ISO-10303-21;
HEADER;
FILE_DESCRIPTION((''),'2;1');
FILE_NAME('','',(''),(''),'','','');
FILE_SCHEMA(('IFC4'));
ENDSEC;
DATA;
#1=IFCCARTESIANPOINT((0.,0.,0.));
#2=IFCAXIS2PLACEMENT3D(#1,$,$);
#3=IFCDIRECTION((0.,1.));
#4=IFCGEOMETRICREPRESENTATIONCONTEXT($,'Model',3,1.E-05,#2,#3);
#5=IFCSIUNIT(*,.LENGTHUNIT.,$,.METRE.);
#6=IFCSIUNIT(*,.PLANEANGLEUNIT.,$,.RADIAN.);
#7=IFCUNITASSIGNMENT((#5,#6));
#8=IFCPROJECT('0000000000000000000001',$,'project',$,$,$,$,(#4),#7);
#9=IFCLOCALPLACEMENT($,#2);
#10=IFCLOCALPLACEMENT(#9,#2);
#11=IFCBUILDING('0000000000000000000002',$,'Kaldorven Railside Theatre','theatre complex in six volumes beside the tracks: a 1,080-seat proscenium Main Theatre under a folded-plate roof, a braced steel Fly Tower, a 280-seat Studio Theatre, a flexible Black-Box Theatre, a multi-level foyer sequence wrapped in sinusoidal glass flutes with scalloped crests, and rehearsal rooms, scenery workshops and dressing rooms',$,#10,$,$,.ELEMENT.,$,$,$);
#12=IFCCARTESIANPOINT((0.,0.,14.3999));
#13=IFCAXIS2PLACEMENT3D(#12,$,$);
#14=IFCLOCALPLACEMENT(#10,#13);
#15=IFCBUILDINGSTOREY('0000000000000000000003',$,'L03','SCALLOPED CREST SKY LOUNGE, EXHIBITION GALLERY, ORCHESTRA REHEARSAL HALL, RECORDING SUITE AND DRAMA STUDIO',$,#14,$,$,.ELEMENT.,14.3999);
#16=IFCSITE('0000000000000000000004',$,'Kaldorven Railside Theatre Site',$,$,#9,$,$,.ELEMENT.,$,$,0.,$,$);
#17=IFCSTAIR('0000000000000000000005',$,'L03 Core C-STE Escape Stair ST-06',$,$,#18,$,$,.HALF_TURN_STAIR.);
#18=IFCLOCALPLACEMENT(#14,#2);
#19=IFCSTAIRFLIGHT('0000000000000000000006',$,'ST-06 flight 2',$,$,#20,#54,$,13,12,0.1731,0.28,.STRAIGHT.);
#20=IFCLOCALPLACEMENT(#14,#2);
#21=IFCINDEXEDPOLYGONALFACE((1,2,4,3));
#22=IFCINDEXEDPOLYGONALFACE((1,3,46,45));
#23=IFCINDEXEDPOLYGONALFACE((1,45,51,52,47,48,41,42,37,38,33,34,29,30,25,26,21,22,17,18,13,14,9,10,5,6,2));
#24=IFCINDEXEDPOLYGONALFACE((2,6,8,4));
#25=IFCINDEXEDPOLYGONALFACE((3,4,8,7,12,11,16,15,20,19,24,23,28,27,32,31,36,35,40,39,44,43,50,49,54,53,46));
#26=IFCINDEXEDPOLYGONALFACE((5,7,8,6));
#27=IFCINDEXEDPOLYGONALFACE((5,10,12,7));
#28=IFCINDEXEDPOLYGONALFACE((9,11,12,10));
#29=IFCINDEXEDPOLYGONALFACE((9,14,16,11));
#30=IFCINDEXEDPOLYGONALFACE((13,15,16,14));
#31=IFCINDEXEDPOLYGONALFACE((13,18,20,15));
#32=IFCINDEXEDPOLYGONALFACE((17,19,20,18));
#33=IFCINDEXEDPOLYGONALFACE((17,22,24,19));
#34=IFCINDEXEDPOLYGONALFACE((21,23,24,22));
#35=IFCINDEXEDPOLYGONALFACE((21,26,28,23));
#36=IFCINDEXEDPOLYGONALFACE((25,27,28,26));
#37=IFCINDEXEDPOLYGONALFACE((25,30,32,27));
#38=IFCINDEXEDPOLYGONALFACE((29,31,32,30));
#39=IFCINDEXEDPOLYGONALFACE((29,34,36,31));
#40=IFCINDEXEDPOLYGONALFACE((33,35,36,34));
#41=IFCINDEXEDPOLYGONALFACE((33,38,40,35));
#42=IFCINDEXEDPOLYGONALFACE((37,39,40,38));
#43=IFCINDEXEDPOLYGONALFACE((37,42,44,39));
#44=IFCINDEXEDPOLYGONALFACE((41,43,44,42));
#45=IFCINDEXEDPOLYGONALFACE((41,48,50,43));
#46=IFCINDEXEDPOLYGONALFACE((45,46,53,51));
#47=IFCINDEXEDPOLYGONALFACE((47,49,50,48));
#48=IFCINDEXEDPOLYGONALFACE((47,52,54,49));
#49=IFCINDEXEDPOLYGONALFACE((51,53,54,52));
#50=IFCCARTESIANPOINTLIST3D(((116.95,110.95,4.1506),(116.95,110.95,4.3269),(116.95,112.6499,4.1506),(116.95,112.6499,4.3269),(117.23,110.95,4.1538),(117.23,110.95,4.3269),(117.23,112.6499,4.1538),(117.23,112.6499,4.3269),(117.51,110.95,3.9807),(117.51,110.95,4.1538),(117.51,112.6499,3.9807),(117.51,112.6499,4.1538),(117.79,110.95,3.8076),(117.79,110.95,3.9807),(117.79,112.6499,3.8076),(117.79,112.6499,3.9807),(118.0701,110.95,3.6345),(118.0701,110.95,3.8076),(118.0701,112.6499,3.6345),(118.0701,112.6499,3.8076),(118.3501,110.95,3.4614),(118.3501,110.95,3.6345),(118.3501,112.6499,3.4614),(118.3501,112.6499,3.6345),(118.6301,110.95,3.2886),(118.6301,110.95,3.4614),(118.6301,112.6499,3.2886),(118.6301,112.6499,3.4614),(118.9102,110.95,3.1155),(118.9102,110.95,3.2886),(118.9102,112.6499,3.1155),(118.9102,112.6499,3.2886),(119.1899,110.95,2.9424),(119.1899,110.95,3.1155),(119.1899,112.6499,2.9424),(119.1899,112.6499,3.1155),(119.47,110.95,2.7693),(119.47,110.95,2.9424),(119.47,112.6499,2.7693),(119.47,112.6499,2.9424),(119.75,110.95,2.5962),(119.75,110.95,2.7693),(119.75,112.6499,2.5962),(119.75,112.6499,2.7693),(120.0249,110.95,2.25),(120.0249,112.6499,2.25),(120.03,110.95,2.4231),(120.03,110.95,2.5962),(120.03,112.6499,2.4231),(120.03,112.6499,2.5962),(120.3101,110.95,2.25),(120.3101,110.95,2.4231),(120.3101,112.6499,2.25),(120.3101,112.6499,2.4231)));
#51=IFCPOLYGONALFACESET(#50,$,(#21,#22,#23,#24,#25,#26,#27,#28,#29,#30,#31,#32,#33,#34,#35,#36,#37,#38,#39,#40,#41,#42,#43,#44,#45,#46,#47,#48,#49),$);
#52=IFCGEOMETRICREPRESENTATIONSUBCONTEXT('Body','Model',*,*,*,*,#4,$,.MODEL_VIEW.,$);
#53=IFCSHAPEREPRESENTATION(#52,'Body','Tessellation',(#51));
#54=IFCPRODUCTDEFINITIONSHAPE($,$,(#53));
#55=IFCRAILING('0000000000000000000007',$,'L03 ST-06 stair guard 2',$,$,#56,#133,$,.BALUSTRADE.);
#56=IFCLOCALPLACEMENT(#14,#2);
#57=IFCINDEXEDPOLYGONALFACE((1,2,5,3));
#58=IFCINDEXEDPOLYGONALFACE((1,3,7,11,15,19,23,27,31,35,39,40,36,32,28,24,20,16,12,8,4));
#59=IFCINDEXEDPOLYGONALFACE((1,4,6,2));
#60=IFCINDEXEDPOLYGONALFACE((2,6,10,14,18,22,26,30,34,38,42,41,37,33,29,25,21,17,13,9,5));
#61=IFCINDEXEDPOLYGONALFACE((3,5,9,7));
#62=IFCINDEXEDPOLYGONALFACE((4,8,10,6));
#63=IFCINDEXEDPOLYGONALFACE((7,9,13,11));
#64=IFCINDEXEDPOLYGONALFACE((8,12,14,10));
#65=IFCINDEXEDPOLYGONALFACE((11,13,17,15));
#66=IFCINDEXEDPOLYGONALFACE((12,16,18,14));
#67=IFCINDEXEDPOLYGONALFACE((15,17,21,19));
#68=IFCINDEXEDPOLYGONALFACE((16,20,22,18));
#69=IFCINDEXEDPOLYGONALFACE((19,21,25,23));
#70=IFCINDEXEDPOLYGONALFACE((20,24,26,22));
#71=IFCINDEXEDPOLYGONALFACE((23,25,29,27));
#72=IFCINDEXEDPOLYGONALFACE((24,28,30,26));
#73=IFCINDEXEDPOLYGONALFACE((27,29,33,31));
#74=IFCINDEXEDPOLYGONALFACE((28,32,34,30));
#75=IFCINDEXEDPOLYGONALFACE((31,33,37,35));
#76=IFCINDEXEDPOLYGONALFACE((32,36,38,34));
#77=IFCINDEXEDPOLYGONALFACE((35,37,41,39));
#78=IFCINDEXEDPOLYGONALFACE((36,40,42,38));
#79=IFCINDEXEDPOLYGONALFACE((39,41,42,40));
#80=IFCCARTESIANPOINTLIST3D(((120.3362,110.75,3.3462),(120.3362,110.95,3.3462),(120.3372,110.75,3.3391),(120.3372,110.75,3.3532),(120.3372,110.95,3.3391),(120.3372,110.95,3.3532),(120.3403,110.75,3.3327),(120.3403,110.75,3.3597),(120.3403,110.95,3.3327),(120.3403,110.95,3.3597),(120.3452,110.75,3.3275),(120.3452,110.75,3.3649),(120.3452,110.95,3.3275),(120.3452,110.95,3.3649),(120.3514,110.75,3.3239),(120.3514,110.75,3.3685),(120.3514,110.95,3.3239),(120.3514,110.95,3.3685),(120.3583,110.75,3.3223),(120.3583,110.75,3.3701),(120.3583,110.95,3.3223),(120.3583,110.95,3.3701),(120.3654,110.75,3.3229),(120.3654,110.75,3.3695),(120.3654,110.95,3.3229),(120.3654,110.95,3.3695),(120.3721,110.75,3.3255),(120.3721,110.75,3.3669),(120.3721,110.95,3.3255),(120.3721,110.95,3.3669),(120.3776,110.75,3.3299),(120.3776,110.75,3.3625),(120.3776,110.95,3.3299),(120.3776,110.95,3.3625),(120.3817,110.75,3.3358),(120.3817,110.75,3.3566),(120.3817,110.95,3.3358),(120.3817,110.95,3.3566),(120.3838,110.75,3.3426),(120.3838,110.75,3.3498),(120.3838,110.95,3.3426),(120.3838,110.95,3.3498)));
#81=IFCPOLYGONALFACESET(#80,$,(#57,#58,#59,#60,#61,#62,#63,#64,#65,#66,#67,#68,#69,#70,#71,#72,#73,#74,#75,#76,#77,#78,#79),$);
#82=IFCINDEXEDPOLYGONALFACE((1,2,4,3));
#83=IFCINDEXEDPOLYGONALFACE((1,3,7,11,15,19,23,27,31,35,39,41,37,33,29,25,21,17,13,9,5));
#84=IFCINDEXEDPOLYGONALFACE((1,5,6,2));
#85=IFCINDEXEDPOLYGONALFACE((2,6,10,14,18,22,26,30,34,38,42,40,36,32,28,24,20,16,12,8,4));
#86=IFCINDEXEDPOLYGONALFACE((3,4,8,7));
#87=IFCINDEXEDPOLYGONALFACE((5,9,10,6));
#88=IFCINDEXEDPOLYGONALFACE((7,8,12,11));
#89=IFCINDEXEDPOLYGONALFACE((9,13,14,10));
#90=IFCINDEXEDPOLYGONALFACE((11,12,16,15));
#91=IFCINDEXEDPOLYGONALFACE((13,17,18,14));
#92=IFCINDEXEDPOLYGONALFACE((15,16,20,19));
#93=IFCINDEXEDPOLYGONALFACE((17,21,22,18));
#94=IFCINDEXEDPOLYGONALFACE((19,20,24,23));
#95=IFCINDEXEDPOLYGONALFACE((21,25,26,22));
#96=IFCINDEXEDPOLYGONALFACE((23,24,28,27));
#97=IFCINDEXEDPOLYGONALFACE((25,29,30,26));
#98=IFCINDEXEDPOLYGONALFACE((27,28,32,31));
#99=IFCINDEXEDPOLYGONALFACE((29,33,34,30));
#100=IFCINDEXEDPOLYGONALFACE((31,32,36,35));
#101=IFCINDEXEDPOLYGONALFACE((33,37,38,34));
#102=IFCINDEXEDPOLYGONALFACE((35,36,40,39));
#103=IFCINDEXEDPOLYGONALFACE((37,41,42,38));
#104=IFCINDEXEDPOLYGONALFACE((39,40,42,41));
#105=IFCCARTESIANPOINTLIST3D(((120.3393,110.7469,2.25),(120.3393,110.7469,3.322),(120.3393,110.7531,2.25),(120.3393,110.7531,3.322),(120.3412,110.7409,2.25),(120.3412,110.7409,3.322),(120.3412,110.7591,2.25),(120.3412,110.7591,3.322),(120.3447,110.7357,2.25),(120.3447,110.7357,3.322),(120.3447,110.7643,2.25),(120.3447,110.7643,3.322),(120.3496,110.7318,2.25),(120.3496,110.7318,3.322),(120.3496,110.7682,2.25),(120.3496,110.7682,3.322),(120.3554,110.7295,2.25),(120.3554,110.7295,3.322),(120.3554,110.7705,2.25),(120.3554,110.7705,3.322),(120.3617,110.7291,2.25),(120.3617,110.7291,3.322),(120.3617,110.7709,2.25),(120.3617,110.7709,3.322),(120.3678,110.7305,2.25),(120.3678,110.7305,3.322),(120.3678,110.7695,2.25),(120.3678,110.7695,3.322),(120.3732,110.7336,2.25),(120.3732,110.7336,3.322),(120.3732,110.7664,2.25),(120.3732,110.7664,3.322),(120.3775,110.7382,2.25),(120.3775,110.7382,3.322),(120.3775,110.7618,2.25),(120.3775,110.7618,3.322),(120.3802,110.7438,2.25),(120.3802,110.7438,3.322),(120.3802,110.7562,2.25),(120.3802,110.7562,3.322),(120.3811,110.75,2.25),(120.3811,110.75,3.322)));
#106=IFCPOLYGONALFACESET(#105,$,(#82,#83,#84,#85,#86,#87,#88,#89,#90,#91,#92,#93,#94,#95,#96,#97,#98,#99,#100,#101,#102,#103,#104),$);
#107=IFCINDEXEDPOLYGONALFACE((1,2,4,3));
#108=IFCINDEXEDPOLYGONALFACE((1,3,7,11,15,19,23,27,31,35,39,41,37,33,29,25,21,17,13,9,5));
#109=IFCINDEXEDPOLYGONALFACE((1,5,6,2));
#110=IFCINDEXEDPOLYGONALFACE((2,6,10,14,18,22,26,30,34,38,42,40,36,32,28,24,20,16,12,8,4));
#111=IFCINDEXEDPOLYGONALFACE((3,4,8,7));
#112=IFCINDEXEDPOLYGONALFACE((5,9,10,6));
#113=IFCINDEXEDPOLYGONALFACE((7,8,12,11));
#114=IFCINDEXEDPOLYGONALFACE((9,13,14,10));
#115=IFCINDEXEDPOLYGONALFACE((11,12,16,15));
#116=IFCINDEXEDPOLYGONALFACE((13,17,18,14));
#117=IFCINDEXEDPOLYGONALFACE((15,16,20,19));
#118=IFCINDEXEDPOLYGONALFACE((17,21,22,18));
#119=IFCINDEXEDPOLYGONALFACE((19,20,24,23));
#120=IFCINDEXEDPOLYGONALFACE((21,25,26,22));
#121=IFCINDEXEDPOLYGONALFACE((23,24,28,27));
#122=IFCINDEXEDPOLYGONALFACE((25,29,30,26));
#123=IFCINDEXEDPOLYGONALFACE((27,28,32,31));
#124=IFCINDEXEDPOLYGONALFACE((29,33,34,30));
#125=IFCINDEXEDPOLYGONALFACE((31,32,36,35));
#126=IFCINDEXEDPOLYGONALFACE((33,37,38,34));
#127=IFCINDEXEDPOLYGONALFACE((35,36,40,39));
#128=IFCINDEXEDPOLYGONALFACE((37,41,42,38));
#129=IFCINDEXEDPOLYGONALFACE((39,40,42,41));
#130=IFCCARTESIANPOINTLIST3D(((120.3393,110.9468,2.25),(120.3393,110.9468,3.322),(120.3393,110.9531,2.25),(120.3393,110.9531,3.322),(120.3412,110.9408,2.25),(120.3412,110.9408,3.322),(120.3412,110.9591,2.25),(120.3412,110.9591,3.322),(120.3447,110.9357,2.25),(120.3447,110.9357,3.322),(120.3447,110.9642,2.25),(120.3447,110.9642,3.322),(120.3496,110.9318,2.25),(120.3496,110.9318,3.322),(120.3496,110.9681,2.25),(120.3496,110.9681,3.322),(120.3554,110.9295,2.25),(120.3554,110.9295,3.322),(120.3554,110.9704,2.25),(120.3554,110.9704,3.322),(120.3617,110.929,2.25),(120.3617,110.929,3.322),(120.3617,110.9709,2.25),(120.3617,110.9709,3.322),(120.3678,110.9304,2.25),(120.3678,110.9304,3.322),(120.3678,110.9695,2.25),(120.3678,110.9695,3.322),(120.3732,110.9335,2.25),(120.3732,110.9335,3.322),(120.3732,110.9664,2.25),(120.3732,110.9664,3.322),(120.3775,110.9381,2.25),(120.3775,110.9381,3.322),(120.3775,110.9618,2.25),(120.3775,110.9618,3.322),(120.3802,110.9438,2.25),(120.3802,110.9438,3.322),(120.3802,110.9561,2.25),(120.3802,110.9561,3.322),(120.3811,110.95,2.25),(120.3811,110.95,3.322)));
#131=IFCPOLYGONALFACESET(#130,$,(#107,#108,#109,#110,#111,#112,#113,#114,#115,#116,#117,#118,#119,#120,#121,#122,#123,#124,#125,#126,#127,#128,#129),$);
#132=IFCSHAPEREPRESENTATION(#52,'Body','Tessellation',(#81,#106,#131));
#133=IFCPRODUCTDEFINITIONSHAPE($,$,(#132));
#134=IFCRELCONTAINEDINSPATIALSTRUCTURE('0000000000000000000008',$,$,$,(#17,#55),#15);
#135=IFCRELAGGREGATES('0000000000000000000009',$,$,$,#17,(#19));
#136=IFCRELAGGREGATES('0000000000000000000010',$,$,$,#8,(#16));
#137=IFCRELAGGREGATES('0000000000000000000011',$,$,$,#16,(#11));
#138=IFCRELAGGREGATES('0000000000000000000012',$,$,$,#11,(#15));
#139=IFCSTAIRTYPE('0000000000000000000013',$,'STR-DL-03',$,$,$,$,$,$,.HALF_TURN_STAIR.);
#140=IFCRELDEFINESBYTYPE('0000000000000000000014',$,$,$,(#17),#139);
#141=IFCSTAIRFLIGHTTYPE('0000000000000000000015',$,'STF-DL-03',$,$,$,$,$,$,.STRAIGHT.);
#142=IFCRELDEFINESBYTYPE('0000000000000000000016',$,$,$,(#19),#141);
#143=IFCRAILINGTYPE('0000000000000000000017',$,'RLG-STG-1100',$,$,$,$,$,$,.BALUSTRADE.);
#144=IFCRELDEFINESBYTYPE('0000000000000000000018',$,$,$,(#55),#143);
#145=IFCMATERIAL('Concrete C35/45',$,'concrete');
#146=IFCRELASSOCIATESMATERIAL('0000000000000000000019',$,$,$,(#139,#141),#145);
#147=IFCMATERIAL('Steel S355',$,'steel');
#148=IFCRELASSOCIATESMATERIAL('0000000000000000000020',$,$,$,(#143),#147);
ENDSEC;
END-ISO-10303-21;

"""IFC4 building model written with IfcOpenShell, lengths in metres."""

from ifc_helpers import new_model, si_unit, direction, frame, origin, origin_2d, place, context, subcontext, project, spatial, polyline, circle, outline, extrude, material, type_object, element, aggregate, save


model = new_model("IFC4")

# Units and contexts
model_context = context("Model", 3, precision=1e-05, world=origin(), true_north=direction((0.0, 1.0)))
body_context = subcontext(model_context, "Body", "Model", "MODEL_VIEW")
ifc_project = project(units=[si_unit("LENGTHUNIT", "METRE"), si_unit("PLANEANGLEUNIT", "RADIAN")], contexts=[model_context])

# Site, building, storey
site_placement = place(None, origin())
site = spatial("IfcSite", under=ifc_project, at=site_placement, Name="Kaldorven Railside Theatre Site", CompositionType="ELEMENT", RefElevation=0.0)
building_placement = place(site_placement, origin())
building = spatial("IfcBuilding", under=site, at=building_placement, Name="Kaldorven Railside Theatre", Description="theatre complex in six volumes beside the tracks: a 1,080-seat proscenium Main Theatre under a folded-plate roof, a braced steel Fly Tower, a 280-seat Studio Theatre, a flexible Black-Box Theatre, a multi-level foyer sequence wrapped in sinusoidal glass flutes with scalloped crests, and rehearsal rooms, scenery workshops and dressing rooms", CompositionType="ELEMENT")
storey_placement = place(building_placement, frame((0.0, 0.0, 14.3999)))
storey = spatial("IfcBuildingStorey", under=building, at=storey_placement, Name="L03", Description="SCALLOPED CREST SKY LOUNGE, EXHIBITION GALLERY, ORCHESTRA REHEARSAL HALL, RECORDING SUITE AND DRAMA STUDIO", CompositionType="ELEMENT", Elevation=14.3999)

# Shared definitions
ifc_material_1 = material(Name="Steel S355", Category="steel")

# Stair, stair flight
ifc_material_2 = material(Name="Concrete C35/45", Category="concrete")
stair_type = type_object("IfcStairType", Name="STR-DL-03", PredefinedType="HALF_TURN_STAIR", material=ifc_material_2)
stair_placement = place(storey_placement, origin())
stair = element("IfcStair", 1, at=stair_placement, inside=storey, type_object=stair_type, Name="L03 Core C-STE Escape Stair ST-06", PredefinedType="HALF_TURN_STAIR")
stair_flight_type = type_object("IfcStairFlightType", Name="STF-DL-03", PredefinedType="STRAIGHT", material=ifc_material_2)
stair_flight_placement = place(storey_placement, frame((120.3101, 111.8, 2.25), z_axis=(0.0, 0.0, 1.0), x_axis=(-1.0, 0.0, 0.0)))
stair_flight = element("IfcStairFlight", 2, at=stair_flight_placement, type_object=stair_flight_type, Name="ST-06 flight 2", NumberOfRisers=13, NumberOfTreads=12, PredefinedType="STRAIGHT", RiserHeight=0.1731, TreadLength=0.28, context=body_context, shape_type="SweptSolid", body=[
    extrude(outline(polyline([(0.0, 0.0), (0.0, 0.1731), (0.28, 0.1731), (0.28, 0.3462), (0.5601, 0.3462), (0.5601, 0.5193), (0.8401, 0.5193), (0.8401, 0.6924), (1.1201, 0.6924), (1.1201, 0.8655), (1.3999, 0.8655), (1.3999, 1.0386), (1.6799, 1.0386), (1.6799, 1.2114), (1.96, 1.2114), (1.96, 1.3845), (2.24, 1.3845), (2.24, 1.5576), (2.52, 1.5576), (2.52, 1.7307), (2.8, 1.7307), (2.8, 1.9038), (3.0801, 1.9038), (3.0801, 2.0769), (3.3601, 2.0769), (3.3601, 2.25), (3.3601, 1.9006), (0.2852, 0.0), (0.0, 0.0)])), frame((0.0, 0.8501, 0.0), z_axis=(0.0, -1.0, 0.0), x_axis=(1.0, 0.0, 0.0)), (0.0, 0.0, 1.0), 1.7),
])
aggregate(stair, [stair_flight])

# Railing
railing_type_1 = type_object("IfcRailingType", Name="RLG-STG-1100", PredefinedType="BALUSTRADE", material=ifc_material_1)
railing_1_placement = place(storey_placement, frame((120.3601, 110.75, 2.25)))
element("IfcRailing", 3, at=railing_1_placement, inside=storey, type_object=railing_type_1, Name="L03 ST-06 stair guard 2", PredefinedType="BALUSTRADE", context=body_context, shape_type="SweptSolid", body=[
    extrude(circle(Radius=0.0239, at=origin_2d()), frame((0.0, 0.0, 1.0962), z_axis=(0.0, 1.0, 0.0), x_axis=(-1.0, 0.0, 0.0)), (0.0, 0.0, 1.0), 0.2),
    extrude(circle(Radius=0.021, at=origin_2d()), origin(), (0.0, 0.0, 1.0), 1.072),
    extrude(circle(Radius=0.021, at=origin_2d()), frame((0.0, 0.2, 0.0)), (0.0, 0.0, 1.0), 1.072),
])

save(model, "model.ifc")
